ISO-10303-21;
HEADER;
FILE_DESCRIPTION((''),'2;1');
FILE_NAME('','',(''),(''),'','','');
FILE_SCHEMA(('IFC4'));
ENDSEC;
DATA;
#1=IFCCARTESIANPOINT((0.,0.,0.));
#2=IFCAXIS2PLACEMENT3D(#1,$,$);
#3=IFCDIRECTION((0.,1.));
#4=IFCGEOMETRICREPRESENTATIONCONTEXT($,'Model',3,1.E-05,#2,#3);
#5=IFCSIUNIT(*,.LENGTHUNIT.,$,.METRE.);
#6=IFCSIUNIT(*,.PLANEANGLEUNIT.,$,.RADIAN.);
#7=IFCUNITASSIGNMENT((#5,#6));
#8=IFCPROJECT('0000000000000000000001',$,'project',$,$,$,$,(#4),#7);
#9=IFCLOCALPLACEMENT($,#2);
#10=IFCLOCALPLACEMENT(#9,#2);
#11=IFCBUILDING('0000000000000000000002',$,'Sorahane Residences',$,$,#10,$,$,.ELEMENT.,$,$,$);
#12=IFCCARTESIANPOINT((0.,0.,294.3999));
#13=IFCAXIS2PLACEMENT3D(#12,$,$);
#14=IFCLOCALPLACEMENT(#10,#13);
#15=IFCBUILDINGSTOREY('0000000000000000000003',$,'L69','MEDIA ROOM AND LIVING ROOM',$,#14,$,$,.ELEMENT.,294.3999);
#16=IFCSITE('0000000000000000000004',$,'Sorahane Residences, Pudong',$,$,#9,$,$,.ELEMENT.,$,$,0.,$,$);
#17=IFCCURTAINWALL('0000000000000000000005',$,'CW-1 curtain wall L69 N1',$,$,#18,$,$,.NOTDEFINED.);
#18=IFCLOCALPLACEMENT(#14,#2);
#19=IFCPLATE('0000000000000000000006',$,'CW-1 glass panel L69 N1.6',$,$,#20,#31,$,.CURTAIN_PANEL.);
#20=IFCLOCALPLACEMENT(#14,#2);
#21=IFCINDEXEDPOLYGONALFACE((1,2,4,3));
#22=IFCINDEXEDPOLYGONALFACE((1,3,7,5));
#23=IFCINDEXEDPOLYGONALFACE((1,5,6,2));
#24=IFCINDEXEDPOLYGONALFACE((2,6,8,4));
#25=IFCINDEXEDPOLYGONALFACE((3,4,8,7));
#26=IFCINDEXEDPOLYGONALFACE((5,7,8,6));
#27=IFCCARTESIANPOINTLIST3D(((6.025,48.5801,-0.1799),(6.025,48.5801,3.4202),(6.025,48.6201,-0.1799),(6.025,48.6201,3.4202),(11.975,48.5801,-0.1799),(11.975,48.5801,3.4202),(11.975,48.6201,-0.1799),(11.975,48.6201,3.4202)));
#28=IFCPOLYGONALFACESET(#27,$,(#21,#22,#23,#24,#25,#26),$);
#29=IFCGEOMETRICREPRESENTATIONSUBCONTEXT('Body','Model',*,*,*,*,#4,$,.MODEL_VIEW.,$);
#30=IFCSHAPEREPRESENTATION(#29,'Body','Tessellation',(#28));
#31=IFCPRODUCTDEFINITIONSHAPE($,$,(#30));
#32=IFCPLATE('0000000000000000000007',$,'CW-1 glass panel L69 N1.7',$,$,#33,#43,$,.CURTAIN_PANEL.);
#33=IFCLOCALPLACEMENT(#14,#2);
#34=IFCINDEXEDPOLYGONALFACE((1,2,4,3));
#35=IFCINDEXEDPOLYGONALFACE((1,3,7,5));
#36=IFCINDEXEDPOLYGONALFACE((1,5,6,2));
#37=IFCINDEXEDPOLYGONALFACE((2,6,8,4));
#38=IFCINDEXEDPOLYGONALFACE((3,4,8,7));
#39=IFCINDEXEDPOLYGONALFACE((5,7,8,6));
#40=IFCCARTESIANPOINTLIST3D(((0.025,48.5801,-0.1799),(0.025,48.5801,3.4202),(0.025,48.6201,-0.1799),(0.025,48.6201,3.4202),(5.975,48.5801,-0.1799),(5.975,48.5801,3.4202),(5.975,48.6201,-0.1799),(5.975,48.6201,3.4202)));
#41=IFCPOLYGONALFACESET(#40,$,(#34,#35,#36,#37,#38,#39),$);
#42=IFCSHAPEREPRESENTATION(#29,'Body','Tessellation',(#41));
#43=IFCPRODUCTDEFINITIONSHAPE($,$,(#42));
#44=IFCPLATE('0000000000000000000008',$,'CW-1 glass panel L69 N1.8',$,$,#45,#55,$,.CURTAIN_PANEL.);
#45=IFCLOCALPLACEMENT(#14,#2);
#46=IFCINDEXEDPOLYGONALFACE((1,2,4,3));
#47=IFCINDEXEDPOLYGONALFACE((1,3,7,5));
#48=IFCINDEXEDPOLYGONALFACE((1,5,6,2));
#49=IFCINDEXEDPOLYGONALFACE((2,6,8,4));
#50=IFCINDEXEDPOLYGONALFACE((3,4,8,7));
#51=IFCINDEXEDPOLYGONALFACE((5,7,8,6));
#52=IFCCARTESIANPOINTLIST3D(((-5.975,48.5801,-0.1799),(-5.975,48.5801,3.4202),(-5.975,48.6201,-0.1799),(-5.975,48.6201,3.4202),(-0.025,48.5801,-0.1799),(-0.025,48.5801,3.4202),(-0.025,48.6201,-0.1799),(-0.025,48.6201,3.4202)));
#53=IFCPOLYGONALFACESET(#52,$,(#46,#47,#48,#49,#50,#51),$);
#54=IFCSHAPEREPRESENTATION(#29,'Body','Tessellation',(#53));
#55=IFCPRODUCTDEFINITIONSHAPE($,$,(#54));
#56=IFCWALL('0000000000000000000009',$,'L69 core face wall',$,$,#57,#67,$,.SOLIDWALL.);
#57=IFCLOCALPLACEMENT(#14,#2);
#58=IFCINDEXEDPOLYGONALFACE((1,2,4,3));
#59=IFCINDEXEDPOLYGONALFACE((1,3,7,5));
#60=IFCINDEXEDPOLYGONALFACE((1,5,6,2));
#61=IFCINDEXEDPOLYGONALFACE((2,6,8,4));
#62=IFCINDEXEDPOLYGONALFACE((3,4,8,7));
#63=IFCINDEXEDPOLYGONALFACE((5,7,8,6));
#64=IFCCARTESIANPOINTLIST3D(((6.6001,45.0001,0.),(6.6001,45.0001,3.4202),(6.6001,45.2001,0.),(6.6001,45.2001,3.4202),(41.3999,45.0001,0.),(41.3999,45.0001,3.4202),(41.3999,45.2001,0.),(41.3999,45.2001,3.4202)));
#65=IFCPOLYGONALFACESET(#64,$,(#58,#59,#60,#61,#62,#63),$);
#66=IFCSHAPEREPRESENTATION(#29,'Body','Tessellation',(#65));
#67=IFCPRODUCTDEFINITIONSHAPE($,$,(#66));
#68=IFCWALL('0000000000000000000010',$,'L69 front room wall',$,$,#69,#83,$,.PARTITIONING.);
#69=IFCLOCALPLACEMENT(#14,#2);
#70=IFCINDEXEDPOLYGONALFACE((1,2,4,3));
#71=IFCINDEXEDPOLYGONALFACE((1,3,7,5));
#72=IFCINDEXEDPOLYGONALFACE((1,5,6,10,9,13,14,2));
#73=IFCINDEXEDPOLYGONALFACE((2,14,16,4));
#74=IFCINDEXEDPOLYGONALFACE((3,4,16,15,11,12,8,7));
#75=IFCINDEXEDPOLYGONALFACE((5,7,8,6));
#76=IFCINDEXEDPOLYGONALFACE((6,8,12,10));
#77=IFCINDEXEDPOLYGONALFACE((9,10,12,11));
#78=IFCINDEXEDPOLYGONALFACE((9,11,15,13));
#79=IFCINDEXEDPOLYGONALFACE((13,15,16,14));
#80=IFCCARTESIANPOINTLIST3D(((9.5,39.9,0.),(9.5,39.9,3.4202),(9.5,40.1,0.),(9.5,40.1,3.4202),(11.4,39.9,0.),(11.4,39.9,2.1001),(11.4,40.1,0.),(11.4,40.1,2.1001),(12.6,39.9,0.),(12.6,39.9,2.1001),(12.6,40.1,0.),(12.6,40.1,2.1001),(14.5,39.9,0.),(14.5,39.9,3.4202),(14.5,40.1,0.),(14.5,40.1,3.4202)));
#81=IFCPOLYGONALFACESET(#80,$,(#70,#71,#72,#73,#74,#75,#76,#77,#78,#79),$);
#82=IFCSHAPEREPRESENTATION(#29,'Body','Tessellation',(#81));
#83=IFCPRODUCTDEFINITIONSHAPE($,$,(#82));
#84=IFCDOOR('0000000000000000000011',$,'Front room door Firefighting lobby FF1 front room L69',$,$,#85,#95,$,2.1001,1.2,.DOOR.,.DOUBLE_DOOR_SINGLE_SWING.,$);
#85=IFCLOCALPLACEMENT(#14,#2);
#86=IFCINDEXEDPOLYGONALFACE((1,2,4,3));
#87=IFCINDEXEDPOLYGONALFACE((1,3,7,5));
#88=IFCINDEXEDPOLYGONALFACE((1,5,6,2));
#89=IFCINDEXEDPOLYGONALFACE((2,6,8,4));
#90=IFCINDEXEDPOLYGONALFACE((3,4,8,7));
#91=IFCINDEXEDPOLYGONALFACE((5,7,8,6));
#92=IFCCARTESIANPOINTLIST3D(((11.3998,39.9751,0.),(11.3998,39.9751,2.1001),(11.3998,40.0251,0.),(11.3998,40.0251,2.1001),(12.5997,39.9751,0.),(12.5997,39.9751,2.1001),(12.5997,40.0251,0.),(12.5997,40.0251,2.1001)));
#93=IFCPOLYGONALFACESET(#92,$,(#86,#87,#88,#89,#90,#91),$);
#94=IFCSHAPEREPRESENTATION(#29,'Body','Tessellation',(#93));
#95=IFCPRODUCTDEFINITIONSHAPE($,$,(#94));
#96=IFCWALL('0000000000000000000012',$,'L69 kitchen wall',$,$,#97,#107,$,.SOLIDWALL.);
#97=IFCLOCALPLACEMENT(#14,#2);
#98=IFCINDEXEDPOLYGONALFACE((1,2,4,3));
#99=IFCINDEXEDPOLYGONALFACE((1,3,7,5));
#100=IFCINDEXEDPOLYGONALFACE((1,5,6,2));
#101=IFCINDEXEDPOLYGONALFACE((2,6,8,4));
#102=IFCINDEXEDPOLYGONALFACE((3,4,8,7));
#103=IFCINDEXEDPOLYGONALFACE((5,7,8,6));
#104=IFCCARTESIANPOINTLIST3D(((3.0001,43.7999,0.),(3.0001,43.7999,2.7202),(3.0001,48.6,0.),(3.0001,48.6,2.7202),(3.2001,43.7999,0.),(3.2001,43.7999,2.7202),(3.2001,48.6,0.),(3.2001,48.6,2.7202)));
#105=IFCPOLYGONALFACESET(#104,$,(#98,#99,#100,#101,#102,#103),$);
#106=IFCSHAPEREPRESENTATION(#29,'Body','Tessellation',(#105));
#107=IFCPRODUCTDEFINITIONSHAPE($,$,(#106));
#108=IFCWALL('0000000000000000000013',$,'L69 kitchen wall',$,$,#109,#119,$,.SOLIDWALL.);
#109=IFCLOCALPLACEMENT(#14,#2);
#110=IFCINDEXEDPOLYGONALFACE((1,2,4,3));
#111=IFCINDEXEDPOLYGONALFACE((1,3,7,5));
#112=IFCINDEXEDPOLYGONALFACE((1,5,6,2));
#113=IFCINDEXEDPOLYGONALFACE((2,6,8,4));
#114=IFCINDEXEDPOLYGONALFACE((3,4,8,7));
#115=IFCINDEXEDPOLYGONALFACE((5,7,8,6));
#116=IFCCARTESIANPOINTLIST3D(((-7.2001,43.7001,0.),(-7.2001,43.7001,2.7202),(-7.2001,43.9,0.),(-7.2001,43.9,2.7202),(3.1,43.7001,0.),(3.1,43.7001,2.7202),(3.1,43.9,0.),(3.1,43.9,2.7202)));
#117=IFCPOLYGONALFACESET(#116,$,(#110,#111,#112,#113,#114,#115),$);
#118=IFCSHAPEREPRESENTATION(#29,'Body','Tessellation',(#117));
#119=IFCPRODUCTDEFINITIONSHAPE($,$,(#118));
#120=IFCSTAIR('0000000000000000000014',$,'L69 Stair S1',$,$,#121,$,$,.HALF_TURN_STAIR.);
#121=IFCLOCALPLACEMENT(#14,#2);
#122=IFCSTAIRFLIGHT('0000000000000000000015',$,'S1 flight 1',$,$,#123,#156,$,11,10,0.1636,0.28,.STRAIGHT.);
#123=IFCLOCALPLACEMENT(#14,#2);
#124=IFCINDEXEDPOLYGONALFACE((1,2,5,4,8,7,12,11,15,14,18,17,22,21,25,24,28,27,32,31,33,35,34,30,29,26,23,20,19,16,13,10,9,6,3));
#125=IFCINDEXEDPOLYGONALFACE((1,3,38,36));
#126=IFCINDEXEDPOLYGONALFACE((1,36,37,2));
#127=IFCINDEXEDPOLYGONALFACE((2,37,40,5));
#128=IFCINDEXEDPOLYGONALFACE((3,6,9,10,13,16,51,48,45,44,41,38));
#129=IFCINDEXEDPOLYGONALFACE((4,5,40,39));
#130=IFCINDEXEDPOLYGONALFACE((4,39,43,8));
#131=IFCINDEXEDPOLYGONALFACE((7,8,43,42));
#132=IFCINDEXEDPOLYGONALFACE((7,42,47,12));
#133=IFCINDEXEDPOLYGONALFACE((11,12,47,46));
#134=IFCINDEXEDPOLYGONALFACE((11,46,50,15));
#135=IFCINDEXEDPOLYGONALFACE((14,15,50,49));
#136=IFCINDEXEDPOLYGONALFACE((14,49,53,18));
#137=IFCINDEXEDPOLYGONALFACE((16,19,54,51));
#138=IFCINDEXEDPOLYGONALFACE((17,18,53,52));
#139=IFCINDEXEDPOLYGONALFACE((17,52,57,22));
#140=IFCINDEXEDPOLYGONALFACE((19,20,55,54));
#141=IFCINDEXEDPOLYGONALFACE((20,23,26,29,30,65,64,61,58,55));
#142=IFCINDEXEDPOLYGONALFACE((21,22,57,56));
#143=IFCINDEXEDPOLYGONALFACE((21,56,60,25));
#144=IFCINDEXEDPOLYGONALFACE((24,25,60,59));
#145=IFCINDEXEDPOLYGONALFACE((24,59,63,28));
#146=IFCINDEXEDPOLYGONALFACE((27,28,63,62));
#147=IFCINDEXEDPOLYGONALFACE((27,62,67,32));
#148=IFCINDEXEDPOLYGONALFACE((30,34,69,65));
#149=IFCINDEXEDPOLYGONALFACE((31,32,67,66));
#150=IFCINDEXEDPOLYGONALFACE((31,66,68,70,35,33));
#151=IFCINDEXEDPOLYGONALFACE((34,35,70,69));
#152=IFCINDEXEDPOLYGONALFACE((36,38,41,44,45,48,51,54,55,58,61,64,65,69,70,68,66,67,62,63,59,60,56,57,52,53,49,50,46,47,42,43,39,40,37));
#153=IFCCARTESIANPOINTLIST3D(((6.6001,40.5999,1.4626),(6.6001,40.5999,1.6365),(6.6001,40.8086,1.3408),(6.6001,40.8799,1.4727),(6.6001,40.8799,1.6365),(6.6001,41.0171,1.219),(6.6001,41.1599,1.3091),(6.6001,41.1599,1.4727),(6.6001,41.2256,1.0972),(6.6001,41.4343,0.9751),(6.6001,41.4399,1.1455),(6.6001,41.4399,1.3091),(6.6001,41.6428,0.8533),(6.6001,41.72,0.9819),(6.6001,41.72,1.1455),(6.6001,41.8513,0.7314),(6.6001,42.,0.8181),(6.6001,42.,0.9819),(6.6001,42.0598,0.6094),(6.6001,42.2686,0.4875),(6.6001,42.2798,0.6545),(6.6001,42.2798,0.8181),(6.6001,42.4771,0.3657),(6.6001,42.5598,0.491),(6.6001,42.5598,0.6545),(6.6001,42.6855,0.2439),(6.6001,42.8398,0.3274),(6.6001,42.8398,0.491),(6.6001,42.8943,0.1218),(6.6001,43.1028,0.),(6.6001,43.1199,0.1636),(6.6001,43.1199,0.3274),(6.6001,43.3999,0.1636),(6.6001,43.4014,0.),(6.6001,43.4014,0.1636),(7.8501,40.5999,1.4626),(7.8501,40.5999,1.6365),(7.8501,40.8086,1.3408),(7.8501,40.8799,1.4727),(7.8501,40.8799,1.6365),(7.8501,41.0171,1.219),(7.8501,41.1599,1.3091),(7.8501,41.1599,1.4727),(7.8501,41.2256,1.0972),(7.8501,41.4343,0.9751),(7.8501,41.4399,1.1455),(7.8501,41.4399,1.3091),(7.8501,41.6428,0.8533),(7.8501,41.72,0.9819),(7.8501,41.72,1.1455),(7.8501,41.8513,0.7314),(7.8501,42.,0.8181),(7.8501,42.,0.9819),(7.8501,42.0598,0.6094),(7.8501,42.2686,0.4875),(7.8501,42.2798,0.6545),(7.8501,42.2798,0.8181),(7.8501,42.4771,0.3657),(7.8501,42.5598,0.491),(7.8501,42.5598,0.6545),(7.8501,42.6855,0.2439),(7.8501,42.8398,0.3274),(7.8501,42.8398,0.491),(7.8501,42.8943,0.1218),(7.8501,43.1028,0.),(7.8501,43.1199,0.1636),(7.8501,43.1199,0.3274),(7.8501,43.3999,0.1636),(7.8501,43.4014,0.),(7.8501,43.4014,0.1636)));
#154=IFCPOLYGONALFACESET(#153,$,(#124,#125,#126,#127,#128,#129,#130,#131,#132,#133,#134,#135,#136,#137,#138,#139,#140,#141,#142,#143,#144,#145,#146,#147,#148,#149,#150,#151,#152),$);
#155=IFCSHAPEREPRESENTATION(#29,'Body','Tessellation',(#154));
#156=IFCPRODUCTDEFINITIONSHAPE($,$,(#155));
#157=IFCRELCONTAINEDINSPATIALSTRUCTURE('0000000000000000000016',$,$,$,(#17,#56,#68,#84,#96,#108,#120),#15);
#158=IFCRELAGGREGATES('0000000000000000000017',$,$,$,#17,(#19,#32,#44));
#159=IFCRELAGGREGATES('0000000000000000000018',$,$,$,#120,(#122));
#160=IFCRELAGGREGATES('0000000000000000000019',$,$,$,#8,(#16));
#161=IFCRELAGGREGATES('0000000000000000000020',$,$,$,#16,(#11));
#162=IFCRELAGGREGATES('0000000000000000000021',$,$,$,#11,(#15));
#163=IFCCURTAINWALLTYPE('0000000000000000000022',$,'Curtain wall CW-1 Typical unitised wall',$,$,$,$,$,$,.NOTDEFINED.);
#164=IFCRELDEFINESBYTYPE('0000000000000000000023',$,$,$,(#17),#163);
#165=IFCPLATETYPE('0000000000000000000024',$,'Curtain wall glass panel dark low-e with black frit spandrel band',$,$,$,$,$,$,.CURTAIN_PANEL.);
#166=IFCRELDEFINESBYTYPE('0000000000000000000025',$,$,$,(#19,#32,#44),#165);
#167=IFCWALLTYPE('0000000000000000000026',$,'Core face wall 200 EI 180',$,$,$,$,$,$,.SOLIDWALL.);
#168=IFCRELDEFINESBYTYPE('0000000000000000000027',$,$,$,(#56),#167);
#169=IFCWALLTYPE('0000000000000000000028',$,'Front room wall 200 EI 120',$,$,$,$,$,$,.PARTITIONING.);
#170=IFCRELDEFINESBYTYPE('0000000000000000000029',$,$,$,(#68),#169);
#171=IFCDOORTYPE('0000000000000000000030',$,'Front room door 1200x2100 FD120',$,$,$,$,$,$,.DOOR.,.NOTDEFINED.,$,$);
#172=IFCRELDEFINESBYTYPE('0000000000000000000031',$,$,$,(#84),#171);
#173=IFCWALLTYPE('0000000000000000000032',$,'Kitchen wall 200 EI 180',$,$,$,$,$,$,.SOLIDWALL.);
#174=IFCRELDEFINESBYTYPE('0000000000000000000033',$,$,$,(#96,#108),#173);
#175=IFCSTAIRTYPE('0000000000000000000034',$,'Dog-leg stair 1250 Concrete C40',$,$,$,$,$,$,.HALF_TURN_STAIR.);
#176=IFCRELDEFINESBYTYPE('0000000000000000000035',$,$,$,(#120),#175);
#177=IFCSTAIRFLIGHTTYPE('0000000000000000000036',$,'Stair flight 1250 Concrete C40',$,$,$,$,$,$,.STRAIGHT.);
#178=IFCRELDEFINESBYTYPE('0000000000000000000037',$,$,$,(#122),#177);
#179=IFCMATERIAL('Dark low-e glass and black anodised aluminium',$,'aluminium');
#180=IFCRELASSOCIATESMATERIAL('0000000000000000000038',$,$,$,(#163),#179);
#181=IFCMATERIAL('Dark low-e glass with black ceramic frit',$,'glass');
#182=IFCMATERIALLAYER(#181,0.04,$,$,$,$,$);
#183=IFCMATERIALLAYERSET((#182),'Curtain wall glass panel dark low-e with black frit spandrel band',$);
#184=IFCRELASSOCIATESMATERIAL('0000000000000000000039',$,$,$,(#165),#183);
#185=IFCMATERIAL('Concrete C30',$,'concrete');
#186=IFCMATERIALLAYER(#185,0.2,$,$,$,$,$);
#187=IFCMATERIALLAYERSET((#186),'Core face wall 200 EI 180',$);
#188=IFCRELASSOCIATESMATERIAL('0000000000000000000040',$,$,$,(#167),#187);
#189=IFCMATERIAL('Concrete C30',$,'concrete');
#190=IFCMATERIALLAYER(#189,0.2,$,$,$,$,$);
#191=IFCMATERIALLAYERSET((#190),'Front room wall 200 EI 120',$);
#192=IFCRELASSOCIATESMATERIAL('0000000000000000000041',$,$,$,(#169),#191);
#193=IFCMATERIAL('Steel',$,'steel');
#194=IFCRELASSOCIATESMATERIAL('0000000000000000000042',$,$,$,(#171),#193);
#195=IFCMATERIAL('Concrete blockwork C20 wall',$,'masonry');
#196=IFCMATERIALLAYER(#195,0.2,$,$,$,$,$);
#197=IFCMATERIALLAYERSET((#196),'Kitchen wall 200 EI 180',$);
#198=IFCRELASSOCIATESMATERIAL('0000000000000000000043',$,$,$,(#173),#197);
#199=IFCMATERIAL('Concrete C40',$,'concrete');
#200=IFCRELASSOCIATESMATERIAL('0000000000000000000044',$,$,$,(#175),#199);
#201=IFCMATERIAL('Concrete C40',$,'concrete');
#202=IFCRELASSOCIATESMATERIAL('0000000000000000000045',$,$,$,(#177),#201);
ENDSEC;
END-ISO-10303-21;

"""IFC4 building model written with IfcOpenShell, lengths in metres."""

from ifc_helpers import new_model, si_unit, direction, frame, frame_2d, origin, origin_2d, place, context, subcontext, project, spatial, polyline, rectangle, outline, extrude, material, layer, layer_set, type_object, element, fill, aggregate, save


model = new_model("IFC4")

# Units and contexts
model_context = context("Model", 3, precision=1e-05, world=origin(), true_north=direction((0.0, 1.0)))
body_context = subcontext(model_context, "Body", "Model", "MODEL_VIEW")
ifc_project = project(units=[si_unit("LENGTHUNIT", "METRE"), si_unit("PLANEANGLEUNIT", "RADIAN")], contexts=[model_context])

# Site, building, storey
site_placement = place(None, origin())
site = spatial("IfcSite", under=ifc_project, at=site_placement, Name="Sorahane Residences, Pudong", CompositionType="ELEMENT", RefElevation=0.0)
building_placement = place(site_placement, origin())
building = spatial("IfcBuilding", under=site, at=building_placement, Name="Sorahane Residences", CompositionType="ELEMENT")
storey_placement = place(building_placement, frame((0.0, 0.0, 294.3999)))
storey = spatial("IfcBuildingStorey", under=building, at=storey_placement, Name="L69", Description="MEDIA ROOM AND LIVING ROOM", CompositionType="ELEMENT", Elevation=294.3999)

# Curtain wall
ifc_material_1 = material(Name="Dark low-e glass and black anodised aluminium", Category="aluminium")
curtain_wall_type = type_object("IfcCurtainWallType", Name="Curtain wall CW-1 Typical unitised wall", PredefinedType="NOTDEFINED", material=ifc_material_1)
curtain_wall_placement = place(storey_placement, origin())
curtain_wall = element("IfcCurtainWall", 1, at=curtain_wall_placement, inside=storey, type_object=curtain_wall_type, Name="CW-1 curtain wall L69 N1", PredefinedType="NOTDEFINED")

# Plates
ifc_material_2 = material(Name="Dark low-e glass with black ceramic frit", Category="glass")
ifc_layer_1 = layer(ifc_material_2, 0.04)
ifc_layer_set_1 = layer_set([ifc_layer_1], Name="Curtain wall glass panel dark low-e with black frit spandrel band")
plate_type = type_object("IfcPlateType", Name="Curtain wall glass panel dark low-e with black frit spandrel band", PredefinedType="CURTAIN_PANEL", material=ifc_layer_set_1)
plate_1_placement = place(storey_placement, frame((9.0, 48.6001, -0.1799), z_axis=(0.0, 0.0, 1.0), x_axis=(-1.0, 0.0, 0.0)))
plate_1 = element("IfcPlate", 2, at=plate_1_placement, type_object=plate_type, Name="CW-1 glass panel L69 N1.6", PredefinedType="CURTAIN_PANEL", context=body_context, shape_type="SweptSolid", body=[
    extrude(rectangle(XDim=5.95, YDim=0.04, at=origin_2d()), origin(), (0.0, 0.0, 1.0), 3.6001),
])
plate_2_placement = place(storey_placement, frame((3.0, 48.6001, -0.1799), z_axis=(0.0, 0.0, 1.0), x_axis=(-1.0, 0.0, 0.0)))
plate_2 = element("IfcPlate", 3, at=plate_2_placement, type_object=plate_type, Name="CW-1 glass panel L69 N1.7", PredefinedType="CURTAIN_PANEL", context=body_context, shape_type="SweptSolid", body=[
    extrude(rectangle(XDim=5.95, YDim=0.04, at=origin_2d()), origin(), (0.0, 0.0, 1.0), 3.6001),
])
plate_3_placement = place(storey_placement, frame((-3.0, 48.6001, -0.1799), z_axis=(0.0, 0.0, 1.0), x_axis=(-1.0, 0.0, 0.0)))
plate_3 = element("IfcPlate", 4, at=plate_3_placement, type_object=plate_type, Name="CW-1 glass panel L69 N1.8", PredefinedType="CURTAIN_PANEL", context=body_context, shape_type="SweptSolid", body=[
    extrude(rectangle(XDim=5.95, YDim=0.04, at=origin_2d()), origin(), (0.0, 0.0, 1.0), 3.6001),
])
aggregate(curtain_wall, [plate_1, plate_2, plate_3])

# Wall
ifc_material_3 = material(Name="Concrete C30", Category="concrete")
ifc_layer_2 = layer(ifc_material_3, 0.2)
ifc_layer_set_2 = layer_set([ifc_layer_2], Name="Core face wall 200 EI 180")
wall_type_1 = type_object("IfcWallType", Name="Core face wall 200 EI 180", PredefinedType="SOLIDWALL", material=ifc_layer_set_2)
wall_1_placement = place(storey_placement, frame((6.6001, 45.1001, 0.0), z_axis=(0.0, 0.0, 1.0), x_axis=(1.0, 0.0, 0.0)))
element("IfcWall", 5, at=wall_1_placement, inside=storey, type_object=wall_type_1, Name="L69 core face wall", PredefinedType="SOLIDWALL", context=body_context, shape_type="SweptSolid", body=[
    extrude(rectangle(XDim=34.7998, YDim=0.2, at=frame_2d((17.3999, 0.0))), origin(), (0.0, 0.0, 1.0), 3.4202),
])

# Wall, opening, door
ifc_material_4 = material(Name="Concrete C30", Category="concrete")
ifc_layer_3 = layer(ifc_material_4, 0.2)
ifc_layer_set_3 = layer_set([ifc_layer_3], Name="Front room wall 200 EI 120")
wall_type_2 = type_object("IfcWallType", Name="Front room wall 200 EI 120", PredefinedType="PARTITIONING", material=ifc_layer_set_3)
wall_2_placement = place(storey_placement, frame((9.5, 40.0, 0.0), z_axis=(0.0, 0.0, 1.0), x_axis=(1.0, 0.0, 0.0)))
wall_2 = element("IfcWall", 6, at=wall_2_placement, inside=storey, type_object=wall_type_2, Name="L69 front room wall", PredefinedType="PARTITIONING", context=body_context, shape_type="SweptSolid", body=[
    extrude(rectangle(XDim=5.0, YDim=0.2, at=frame_2d((2.5, 0.0))), origin(), (0.0, 0.0, 1.0), 3.4202),
])
opening_1_placement = place(wall_2_placement, frame((1.8999, 0.0, 0.0)))
opening_1 = element("IfcOpeningElement", 7, at=opening_1_placement, cuts=wall_2, PredefinedType="OPENING", context=body_context, shape_type="SweptSolid", body=[
    extrude(rectangle(XDim=1.2, YDim=2.1001, at=frame_2d((0.6001, 1.05))), frame((0.0, 0.1099, 0.0), z_axis=(0.0, -1.0, 0.0), x_axis=(1.0, 0.0, 0.0)), (0.0, 0.0, 1.0), 0.22),
])
ifc_material_5 = material(Name="Steel", Category="steel")
door_type_1 = type_object("IfcDoorType", Name="Front room door 1200x2100 FD120", OperationType="NOTDEFINED", PredefinedType="DOOR", material=ifc_material_5)
door_1_placement = place(opening_1_placement, frame((1.2, 0.0, 0.0), z_axis=(0.0, 0.0, 1.0), x_axis=(-1.0, 0.0, 0.0)))
door_1 = element("IfcDoor", 8, at=door_1_placement, inside=storey, type_object=door_type_1, Name="Front room door Firefighting lobby FF1 front room L69", OperationType="DOUBLE_DOOR_SINGLE_SWING", OverallHeight=2.1001, OverallWidth=1.2, PredefinedType="DOOR", context=body_context, shape_type="SweptSolid", body=[
    extrude(rectangle(XDim=1.2, YDim=2.1001, at=frame_2d((0.6001, 1.05))), frame((0.0, 0.0249, 0.0), z_axis=(0.0, -1.0, 0.0), x_axis=(1.0, 0.0, 0.0)), (0.0, 0.0, 1.0), 0.05),
])
fill(opening_1, door_1)
ifc_material_6 = material(Name="Concrete blockwork C20 wall", Category="masonry")
ifc_layer_4 = layer(ifc_material_6, 0.2)
ifc_layer_set_4 = layer_set([ifc_layer_4], Name="Kitchen wall 200 EI 180")
wall_type_3 = type_object("IfcWallType", Name="Kitchen wall 200 EI 180", PredefinedType="SOLIDWALL", material=ifc_layer_set_4)

# Walls
wall_3_placement = place(storey_placement, frame((3.1001, 43.8, 0.0), z_axis=(0.0, 0.0, 1.0), x_axis=(0.0, 1.0, 0.0)))
element("IfcWall", 9, at=wall_3_placement, inside=storey, type_object=wall_type_3, Name="L69 kitchen wall", PredefinedType="SOLIDWALL", context=body_context, shape_type="SweptSolid", body=[
    extrude(rectangle(XDim=4.8, YDim=0.2, at=frame_2d((2.3999, 0.0))), origin(), (0.0, 0.0, 1.0), 2.7202),
])
wall_4_placement = place(storey_placement, frame((-7.2, 43.8, 0.0), z_axis=(0.0, 0.0, 1.0), x_axis=(1.0, 0.0, 0.0)))
element("IfcWall", 10, at=wall_4_placement, inside=storey, type_object=wall_type_3, Name="L69 kitchen wall", PredefinedType="SOLIDWALL", context=body_context, shape_type="SweptSolid", body=[
    extrude(rectangle(XDim=10.3, YDim=0.2, at=frame_2d((5.1499, 0.0))), origin(), (0.0, 0.0, 1.0), 2.7202),
])

# Stair, stair flight
ifc_material_7 = material(Name="Concrete C40", Category="concrete")
stair_type = type_object("IfcStairType", Name="Dog-leg stair 1250 Concrete C40", PredefinedType="HALF_TURN_STAIR", material=ifc_material_7)
stair_placement = place(storey_placement, origin())
stair = element("IfcStair", 11, at=stair_placement, inside=storey, type_object=stair_type, Name="L69 Stair S1", PredefinedType="HALF_TURN_STAIR")
ifc_material_8 = material(Name="Concrete C40", Category="concrete")
stair_flight_type = type_object("IfcStairFlightType", Name="Stair flight 1250 Concrete C40", PredefinedType="STRAIGHT", material=ifc_material_8)
stair_flight_1_placement = place(storey_placement, frame((7.2251, 43.3999, 0.0), z_axis=(0.0, 0.0, 1.0), x_axis=(0.0, -1.0, 0.0)))
stair_flight_1 = element("IfcStairFlight", 12, at=stair_flight_1_placement, type_object=stair_flight_type, Name="S1 flight 1", NumberOfRisers=11, NumberOfTreads=10, PredefinedType="STRAIGHT", RiserHeight=0.1636, TreadLength=0.28, context=body_context, shape_type="SweptSolid", body=[
    extrude(outline(polyline([(-0.0015, 0.0), (-0.0015, 0.1636), (0.0, 0.1636), (0.28, 0.1636), (0.28, 0.3274), (0.5601, 0.3274), (0.5601, 0.491), (0.8401, 0.491), (0.8401, 0.6545), (1.1201, 0.6545), (1.1201, 0.8181), (1.3999, 0.8181), (1.3999, 0.9819), (1.6799, 0.9819), (1.6799, 1.1455), (1.96, 1.1455), (1.96, 1.3091), (2.24, 1.3091), (2.24, 1.4727), (2.52, 1.4727), (2.52, 1.6365), (2.8, 1.6365), (2.8, 1.8), (2.8, 1.4626), (2.5913, 1.3408), (2.3828, 1.219), (2.1743, 1.0972), (1.9656, 0.9751), (1.7571, 0.8533), (1.5486, 0.7314), (1.3401, 0.6094), (1.1313, 0.4875), (0.9229, 0.3657), (0.7144, 0.2439), (0.5056, 0.1218), (0.2971, 0.0), (-0.0015, 0.0)])), frame((0.0, 0.625, 0.0), z_axis=(0.0, -1.0, 0.0), x_axis=(1.0, 0.0, 0.0)), (0.0, 0.0, 1.0), 1.25),
])
aggregate(stair, [stair_flight_1])

save(model, "model.ifc")
